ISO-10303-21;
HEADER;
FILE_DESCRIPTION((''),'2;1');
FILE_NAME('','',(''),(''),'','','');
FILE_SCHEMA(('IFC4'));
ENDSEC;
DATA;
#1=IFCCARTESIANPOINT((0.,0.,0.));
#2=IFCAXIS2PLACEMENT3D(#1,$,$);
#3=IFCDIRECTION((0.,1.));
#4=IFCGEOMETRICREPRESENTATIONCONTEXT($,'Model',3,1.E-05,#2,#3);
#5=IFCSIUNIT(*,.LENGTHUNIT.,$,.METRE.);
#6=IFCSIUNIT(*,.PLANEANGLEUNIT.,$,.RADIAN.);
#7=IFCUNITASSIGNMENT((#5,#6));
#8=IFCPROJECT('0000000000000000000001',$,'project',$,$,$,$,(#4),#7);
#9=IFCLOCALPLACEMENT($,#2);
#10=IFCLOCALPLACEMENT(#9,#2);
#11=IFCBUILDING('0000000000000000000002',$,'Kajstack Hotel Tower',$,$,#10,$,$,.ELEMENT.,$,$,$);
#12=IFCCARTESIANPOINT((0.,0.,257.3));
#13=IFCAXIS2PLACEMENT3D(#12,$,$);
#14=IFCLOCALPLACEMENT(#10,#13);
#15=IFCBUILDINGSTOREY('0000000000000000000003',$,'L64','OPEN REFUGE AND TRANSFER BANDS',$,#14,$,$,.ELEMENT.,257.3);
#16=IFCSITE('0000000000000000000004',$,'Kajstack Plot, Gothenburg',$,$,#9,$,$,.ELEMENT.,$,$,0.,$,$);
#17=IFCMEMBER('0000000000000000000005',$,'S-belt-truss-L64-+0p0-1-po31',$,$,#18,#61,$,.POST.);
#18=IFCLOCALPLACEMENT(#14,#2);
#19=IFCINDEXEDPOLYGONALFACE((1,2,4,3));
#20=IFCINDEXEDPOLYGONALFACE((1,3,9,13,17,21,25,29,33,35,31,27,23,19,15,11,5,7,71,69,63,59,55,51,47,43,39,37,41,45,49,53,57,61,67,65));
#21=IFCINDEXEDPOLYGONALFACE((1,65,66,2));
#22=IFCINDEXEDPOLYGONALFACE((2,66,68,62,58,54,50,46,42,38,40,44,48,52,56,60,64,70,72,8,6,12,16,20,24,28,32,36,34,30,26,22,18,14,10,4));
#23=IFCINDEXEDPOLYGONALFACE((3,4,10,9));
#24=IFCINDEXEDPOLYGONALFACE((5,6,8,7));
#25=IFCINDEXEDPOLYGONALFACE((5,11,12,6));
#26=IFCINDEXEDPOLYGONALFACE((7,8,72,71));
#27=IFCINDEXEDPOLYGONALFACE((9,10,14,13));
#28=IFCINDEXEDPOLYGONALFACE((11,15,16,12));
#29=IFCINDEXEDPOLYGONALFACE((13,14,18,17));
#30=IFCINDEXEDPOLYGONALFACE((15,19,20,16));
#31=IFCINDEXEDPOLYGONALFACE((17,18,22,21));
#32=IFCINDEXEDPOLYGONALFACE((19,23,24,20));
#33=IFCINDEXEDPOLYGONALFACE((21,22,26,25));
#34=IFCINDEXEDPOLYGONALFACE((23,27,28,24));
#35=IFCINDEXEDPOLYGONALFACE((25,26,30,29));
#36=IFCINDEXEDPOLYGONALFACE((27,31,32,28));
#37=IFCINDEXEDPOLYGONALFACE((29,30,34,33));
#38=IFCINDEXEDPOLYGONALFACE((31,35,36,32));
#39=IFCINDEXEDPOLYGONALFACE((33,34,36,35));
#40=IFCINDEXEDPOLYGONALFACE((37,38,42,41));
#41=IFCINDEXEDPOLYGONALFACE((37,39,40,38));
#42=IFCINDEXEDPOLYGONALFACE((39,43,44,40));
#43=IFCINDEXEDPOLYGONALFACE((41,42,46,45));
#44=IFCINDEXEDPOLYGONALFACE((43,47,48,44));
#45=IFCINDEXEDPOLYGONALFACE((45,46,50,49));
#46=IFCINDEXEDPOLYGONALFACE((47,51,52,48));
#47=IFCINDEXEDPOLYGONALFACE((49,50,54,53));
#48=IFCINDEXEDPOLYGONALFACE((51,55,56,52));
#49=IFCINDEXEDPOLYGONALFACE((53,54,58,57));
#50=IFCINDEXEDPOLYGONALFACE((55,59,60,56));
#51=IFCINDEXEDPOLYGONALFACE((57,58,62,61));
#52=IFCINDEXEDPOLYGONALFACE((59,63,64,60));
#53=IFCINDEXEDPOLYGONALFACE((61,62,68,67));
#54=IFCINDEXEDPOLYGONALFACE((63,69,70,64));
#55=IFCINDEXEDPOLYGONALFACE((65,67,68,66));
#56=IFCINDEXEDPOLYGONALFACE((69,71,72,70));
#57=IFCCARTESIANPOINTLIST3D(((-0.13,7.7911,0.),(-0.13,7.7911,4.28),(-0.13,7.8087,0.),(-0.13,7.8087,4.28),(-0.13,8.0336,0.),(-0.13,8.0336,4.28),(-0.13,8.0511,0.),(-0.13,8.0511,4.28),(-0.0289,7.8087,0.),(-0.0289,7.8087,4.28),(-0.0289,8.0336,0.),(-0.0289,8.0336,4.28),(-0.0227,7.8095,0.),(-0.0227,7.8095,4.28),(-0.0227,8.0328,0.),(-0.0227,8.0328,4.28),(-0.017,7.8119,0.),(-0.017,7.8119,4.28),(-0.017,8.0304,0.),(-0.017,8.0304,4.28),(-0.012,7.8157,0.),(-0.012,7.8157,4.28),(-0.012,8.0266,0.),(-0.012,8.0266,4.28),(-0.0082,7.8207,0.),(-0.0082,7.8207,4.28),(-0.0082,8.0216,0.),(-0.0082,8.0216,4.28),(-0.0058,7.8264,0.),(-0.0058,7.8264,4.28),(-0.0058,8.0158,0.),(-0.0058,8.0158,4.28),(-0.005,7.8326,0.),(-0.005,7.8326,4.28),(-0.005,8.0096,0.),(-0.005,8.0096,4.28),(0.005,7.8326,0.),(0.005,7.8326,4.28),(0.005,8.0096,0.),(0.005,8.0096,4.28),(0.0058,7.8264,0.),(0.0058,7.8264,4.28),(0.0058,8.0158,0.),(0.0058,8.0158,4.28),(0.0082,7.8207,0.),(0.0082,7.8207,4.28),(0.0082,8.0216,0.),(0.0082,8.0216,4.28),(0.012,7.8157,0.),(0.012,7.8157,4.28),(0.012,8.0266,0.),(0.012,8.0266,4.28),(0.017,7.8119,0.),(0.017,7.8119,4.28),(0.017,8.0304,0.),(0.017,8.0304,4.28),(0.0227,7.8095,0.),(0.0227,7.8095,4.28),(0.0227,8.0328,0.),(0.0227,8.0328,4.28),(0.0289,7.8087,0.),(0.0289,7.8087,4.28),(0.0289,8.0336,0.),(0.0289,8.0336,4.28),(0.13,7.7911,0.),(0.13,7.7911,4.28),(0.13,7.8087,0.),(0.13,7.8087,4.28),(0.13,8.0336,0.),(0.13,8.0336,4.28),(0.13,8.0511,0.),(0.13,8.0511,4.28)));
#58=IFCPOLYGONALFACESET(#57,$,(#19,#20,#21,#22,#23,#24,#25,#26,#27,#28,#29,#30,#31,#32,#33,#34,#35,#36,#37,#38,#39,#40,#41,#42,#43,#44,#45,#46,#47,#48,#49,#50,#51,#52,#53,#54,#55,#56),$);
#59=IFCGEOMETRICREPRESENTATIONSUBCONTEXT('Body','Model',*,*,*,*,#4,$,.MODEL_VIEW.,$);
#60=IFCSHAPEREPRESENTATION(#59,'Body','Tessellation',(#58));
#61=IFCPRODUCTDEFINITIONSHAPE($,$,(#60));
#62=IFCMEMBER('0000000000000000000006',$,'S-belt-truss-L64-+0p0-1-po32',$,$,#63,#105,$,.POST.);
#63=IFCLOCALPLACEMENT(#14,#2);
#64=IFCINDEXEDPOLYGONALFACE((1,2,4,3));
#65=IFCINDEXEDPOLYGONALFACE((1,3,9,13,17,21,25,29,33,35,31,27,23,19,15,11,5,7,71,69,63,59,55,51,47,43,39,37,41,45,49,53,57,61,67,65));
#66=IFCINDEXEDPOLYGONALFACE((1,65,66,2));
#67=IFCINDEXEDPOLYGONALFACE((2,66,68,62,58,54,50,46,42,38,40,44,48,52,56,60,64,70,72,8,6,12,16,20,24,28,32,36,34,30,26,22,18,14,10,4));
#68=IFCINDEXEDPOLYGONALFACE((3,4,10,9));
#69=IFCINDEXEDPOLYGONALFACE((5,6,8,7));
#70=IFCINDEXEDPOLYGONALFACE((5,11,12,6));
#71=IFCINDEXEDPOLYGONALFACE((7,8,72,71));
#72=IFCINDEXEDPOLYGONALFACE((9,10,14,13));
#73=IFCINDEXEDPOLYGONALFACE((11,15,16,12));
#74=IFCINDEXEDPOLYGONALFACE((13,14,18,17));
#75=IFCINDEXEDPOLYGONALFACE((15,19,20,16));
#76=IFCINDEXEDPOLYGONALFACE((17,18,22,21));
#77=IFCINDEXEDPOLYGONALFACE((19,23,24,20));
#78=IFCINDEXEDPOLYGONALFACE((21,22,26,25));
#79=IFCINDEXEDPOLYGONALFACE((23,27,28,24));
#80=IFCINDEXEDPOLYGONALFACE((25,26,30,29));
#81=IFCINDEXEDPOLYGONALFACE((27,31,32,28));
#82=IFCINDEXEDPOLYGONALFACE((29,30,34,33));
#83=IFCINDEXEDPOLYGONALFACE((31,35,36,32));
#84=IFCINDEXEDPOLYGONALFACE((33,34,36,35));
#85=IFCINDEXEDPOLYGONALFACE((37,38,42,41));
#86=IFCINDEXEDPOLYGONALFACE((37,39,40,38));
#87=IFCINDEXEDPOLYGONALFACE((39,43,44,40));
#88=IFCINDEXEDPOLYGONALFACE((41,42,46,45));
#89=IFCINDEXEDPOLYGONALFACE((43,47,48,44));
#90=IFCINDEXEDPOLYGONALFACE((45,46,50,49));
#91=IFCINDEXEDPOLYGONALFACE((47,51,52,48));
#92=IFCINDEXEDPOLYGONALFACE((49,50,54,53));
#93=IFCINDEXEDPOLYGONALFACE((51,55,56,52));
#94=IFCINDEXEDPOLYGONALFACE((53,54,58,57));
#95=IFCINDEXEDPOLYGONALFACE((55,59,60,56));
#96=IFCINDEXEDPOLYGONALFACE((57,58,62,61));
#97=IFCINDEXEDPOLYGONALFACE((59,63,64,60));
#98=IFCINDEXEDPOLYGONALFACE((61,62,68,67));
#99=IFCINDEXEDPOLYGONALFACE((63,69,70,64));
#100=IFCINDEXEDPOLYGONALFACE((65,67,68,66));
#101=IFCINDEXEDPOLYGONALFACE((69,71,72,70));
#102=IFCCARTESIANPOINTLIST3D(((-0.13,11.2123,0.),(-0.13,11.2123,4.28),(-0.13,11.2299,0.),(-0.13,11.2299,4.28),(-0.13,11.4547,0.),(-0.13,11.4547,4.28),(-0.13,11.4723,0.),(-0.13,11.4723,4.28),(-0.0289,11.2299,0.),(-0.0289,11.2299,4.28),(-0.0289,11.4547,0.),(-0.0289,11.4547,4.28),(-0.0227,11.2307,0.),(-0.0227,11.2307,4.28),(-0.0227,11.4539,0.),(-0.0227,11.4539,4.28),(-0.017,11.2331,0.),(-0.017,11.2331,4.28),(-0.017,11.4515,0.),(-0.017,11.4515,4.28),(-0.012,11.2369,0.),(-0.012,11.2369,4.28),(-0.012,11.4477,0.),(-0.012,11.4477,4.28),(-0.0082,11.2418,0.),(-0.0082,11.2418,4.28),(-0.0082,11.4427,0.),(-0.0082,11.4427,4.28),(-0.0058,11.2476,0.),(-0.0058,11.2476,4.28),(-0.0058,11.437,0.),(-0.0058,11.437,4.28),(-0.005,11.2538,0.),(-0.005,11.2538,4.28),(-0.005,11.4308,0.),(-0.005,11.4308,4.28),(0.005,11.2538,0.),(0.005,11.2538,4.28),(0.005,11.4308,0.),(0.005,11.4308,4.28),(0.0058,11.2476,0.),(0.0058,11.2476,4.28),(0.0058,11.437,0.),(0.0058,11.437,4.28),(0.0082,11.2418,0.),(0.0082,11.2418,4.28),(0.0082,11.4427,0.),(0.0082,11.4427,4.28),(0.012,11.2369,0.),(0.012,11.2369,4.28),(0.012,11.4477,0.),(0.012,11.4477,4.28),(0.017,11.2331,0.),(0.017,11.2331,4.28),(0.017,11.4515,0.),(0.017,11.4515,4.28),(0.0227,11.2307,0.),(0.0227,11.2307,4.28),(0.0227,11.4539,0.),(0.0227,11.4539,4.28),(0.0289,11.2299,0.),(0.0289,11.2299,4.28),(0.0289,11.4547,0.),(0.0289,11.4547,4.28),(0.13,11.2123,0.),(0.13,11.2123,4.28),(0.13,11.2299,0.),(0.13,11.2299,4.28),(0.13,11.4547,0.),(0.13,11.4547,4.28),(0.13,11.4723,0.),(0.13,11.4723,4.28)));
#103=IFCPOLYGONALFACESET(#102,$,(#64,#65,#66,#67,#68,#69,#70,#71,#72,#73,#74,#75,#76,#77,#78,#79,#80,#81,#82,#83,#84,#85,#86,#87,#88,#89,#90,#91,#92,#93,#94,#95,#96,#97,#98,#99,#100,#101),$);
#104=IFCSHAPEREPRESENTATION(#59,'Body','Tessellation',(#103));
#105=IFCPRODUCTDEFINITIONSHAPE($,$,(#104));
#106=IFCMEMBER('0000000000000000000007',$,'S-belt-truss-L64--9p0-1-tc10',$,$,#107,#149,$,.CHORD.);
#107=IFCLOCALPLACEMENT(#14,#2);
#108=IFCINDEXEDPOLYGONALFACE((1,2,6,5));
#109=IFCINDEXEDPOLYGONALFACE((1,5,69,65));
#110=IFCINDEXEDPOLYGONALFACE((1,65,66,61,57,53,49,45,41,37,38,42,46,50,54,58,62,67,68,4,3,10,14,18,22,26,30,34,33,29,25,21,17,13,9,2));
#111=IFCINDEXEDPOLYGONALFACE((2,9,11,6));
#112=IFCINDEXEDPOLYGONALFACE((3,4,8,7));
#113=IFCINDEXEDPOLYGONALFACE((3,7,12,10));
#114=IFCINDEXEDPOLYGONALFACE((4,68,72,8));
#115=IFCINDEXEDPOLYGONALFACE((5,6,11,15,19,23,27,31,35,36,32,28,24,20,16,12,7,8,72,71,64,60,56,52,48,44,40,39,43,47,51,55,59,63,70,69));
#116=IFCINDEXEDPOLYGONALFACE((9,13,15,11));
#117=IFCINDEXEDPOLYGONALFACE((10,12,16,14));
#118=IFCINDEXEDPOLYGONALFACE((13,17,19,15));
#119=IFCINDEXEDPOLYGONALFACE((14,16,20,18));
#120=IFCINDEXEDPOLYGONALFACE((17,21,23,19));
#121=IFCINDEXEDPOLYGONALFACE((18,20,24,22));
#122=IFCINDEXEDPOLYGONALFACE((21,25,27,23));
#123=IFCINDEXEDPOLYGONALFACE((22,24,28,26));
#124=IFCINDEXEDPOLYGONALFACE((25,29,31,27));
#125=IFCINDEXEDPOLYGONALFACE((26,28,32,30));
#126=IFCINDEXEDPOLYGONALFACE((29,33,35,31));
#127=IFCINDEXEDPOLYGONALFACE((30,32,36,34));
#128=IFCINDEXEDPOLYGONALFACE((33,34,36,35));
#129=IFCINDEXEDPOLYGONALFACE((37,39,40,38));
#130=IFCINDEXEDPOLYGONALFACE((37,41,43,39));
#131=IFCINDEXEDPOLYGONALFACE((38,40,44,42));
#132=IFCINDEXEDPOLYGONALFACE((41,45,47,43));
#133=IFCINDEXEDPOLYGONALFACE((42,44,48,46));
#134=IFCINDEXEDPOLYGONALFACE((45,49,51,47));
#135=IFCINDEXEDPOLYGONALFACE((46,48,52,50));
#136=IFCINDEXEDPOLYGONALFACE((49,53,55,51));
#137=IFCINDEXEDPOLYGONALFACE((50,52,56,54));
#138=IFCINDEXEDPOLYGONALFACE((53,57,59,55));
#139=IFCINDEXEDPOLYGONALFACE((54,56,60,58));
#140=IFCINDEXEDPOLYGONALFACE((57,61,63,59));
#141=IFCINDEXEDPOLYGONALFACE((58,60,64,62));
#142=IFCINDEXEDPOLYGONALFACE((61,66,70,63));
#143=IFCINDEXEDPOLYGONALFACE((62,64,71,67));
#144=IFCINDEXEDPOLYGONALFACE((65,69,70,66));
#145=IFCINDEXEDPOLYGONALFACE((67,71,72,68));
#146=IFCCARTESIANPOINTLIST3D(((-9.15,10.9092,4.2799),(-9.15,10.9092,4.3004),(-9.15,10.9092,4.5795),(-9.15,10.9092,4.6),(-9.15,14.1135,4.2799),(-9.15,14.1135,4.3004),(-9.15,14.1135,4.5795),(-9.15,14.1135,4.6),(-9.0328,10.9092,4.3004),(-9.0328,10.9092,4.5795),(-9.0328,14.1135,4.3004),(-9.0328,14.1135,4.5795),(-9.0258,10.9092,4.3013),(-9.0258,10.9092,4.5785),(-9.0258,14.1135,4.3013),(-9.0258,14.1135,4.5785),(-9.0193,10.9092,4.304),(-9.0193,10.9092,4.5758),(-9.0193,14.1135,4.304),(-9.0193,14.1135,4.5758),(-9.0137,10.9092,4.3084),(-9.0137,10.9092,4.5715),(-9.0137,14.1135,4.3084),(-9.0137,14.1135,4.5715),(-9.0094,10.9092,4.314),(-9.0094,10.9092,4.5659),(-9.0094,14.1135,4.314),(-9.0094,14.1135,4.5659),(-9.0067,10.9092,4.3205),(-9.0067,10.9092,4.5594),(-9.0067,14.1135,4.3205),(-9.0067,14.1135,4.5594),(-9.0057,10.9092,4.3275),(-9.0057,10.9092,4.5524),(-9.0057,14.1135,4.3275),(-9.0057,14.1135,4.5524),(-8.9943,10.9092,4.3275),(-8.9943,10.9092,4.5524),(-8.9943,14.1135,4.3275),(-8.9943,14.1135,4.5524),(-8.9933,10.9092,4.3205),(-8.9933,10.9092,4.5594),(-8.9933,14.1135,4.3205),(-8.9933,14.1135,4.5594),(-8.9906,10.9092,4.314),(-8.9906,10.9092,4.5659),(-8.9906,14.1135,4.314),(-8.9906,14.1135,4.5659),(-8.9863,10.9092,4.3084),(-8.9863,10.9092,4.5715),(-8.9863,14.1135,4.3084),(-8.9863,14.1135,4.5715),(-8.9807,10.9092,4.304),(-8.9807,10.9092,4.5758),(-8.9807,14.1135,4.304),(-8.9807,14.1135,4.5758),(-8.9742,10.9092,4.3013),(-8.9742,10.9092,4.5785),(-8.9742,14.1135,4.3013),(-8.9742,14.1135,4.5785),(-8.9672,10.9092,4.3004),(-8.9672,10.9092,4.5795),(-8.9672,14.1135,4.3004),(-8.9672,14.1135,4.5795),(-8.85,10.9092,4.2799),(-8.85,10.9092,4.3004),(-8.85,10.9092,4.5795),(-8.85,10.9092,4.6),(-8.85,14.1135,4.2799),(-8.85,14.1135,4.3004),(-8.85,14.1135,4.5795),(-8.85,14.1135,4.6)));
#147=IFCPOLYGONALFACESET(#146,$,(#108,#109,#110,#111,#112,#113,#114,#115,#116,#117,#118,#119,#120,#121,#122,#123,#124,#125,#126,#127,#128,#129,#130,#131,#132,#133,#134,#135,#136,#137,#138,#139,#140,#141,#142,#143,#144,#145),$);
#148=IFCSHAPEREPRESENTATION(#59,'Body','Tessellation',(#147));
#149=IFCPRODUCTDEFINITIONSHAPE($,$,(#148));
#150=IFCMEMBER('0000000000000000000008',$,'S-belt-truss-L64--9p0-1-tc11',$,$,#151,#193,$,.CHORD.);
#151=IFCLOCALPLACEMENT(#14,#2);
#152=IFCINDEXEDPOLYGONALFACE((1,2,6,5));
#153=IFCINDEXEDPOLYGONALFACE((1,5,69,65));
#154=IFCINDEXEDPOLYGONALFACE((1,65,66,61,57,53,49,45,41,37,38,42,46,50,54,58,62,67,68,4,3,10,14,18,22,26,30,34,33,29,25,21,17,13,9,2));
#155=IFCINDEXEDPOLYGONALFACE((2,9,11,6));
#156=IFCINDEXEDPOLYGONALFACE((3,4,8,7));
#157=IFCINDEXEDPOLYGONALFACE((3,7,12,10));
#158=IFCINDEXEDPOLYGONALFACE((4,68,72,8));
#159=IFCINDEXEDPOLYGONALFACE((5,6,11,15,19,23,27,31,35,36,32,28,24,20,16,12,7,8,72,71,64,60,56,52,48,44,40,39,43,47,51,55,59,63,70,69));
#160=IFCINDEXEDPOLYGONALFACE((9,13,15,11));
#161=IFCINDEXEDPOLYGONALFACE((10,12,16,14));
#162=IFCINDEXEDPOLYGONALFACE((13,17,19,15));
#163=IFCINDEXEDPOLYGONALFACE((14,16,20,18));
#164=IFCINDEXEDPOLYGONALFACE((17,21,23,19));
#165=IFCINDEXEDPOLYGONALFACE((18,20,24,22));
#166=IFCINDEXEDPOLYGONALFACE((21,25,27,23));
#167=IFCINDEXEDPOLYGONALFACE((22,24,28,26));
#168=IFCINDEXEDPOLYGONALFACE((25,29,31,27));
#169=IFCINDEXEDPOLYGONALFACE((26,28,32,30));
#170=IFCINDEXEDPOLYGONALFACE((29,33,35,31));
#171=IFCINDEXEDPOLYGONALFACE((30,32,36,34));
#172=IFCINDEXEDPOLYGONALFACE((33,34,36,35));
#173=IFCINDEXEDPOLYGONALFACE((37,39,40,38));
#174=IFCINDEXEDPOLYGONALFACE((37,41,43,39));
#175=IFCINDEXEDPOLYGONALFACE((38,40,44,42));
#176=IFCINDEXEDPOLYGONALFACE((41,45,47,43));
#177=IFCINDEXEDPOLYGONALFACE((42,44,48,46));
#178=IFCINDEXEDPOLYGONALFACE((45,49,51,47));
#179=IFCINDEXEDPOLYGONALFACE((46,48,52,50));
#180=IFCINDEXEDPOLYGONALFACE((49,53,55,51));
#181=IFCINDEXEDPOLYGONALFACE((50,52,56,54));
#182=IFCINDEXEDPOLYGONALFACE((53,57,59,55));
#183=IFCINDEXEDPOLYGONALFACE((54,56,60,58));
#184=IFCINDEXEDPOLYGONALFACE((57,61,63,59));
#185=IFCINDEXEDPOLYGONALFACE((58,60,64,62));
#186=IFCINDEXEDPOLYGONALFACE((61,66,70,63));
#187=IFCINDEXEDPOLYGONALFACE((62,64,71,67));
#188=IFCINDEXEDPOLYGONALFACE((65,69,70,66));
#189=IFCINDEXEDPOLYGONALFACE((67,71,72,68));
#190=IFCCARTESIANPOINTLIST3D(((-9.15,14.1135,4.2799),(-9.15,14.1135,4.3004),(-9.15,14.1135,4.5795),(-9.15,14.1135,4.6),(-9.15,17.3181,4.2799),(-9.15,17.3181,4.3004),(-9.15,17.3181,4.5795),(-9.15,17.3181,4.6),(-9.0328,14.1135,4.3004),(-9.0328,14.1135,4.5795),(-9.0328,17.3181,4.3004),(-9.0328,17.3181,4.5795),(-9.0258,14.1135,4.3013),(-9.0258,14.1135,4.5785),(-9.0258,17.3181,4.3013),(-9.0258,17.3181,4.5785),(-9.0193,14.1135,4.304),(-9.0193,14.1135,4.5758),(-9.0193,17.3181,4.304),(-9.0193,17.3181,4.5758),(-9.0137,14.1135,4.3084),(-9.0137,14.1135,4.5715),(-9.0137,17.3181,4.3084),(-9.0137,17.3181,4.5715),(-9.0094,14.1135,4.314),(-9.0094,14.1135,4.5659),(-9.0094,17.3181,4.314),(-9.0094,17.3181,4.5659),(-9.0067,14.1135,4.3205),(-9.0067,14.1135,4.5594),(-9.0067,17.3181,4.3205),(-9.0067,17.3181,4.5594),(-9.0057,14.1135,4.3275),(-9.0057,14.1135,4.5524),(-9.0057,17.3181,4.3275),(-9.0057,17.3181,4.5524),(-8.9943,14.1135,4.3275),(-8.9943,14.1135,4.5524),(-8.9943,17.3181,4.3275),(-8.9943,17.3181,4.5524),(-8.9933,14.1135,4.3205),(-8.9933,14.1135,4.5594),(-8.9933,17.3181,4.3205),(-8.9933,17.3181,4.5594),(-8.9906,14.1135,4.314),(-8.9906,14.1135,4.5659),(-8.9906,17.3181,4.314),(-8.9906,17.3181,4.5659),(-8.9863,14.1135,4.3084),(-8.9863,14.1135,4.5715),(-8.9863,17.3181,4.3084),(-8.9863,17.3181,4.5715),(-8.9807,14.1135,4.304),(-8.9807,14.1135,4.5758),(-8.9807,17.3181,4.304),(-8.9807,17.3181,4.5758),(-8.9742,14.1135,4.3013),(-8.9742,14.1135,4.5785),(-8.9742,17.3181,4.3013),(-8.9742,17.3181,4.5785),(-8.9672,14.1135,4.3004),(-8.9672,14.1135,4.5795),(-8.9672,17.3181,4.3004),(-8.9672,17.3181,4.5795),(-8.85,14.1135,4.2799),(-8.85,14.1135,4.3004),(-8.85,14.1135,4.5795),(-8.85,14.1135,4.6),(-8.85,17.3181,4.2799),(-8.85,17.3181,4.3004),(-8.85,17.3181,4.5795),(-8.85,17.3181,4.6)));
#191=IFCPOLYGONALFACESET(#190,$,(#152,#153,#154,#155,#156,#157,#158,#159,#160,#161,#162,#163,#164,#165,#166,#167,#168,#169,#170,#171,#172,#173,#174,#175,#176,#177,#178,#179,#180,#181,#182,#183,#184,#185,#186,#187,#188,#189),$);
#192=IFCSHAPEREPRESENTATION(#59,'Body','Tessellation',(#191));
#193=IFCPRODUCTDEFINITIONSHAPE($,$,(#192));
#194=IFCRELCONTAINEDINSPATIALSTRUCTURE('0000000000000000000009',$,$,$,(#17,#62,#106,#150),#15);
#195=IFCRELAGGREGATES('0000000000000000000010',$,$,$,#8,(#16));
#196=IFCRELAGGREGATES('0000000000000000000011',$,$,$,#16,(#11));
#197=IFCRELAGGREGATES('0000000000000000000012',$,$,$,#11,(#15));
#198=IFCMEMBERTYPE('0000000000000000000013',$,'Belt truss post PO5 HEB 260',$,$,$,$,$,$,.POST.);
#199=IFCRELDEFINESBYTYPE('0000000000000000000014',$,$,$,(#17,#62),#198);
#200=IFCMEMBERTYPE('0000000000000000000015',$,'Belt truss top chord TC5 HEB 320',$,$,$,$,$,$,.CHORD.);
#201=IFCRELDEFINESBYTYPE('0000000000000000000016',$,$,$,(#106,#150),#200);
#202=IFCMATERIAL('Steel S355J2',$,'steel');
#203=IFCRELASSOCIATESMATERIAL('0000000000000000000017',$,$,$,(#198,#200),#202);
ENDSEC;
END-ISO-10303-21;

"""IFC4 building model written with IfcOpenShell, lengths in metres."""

from ifc_helpers import new_model, si_unit, direction, frame, origin, origin_2d, place, context, subcontext, project, spatial, i_section, extrude, material, material_profile, profile_set, type_object, element, save


model = new_model("IFC4")

# Units and contexts
model_context = context("Model", 3, precision=1e-05, world=origin(), true_north=direction((0.0, 1.0)))
body_context = subcontext(model_context, "Body", "Model", "MODEL_VIEW")
ifc_project = project(units=[si_unit("LENGTHUNIT", "METRE"), si_unit("PLANEANGLEUNIT", "RADIAN")], contexts=[model_context])

# Site, building, storey
site_placement = place(None, origin())
site = spatial("IfcSite", under=ifc_project, at=site_placement, Name="Kajstack Plot, Gothenburg", CompositionType="ELEMENT", RefElevation=0.0)
building_placement = place(site_placement, origin())
building = spatial("IfcBuilding", under=site, at=building_placement, Name="Kajstack Hotel Tower", CompositionType="ELEMENT")
storey_placement = place(building_placement, frame((0.0, 0.0, 257.3)))
storey = spatial("IfcBuildingStorey", under=building, at=storey_placement, Name="L64", Description="OPEN REFUGE AND TRANSFER BANDS", CompositionType="ELEMENT", Elevation=257.3)

# Members
ifc_material_1 = material(Name="Steel S355J2", Category="steel")
ifc_material_profile_1 = material_profile(ifc_material_1, i_section(OverallWidth=0.26, OverallDepth=0.26, WebThickness=0.01, FlangeThickness=0.0176, FilletRadius=0.0239, at=origin_2d()), Name="HEB 260")
ifc_profile_set_1 = profile_set([ifc_material_profile_1], Name="Steel S355J2")
member_type_1 = type_object("IfcMemberType", Name="Belt truss post PO5 HEB 260", PredefinedType="POST", material=ifc_profile_set_1)
for number, where, z_axis, x_axis, name in (
    (1, (0.0, 7.9211, 0.0), (0.0, 0.0, 1.0), (1.0, 0.0, 0.0), "S-belt-truss-L64-+0p0-1-po31"),
    (2, (0.0, 11.3423, 0.0), (0.0, 0.0, 1.0), (1.0, 0.0, 0.0), "S-belt-truss-L64-+0p0-1-po32"),
):
    element("IfcMember", number, at=place(storey_placement, frame(where, z_axis=z_axis, x_axis=x_axis)), inside=storey, type_object=member_type_1, Name=name, PredefinedType="POST", context=body_context, shape_type="SweptSolid", body=[
        extrude(i_section(OverallWidth=0.26, OverallDepth=0.26, WebThickness=0.01, FlangeThickness=0.0176, FilletRadius=0.0239, at=origin_2d()), origin(), (0.0, 0.0, 1.0), 4.28),
    ])
ifc_material_profile_2 = material_profile(ifc_material_1, i_section(OverallWidth=0.3, OverallDepth=0.3201, WebThickness=0.0115, FlangeThickness=0.0205, FilletRadius=0.0271, at=origin_2d()), Name="HEB 320")
ifc_profile_set_2 = profile_set([ifc_material_profile_2], Name="Steel S355J2")
member_type_2 = type_object("IfcMemberType", Name="Belt truss top chord TC5 HEB 320", PredefinedType="CHORD", material=ifc_profile_set_2)
member_1_placement = place(storey_placement, frame((-9.0, 10.9092, 4.4399), z_axis=(0.0, 1.0, 0.0), x_axis=(-1.0, 0.0, 0.0)))
element("IfcMember", 3, at=member_1_placement, inside=storey, type_object=member_type_2, Name="S-belt-truss-L64--9p0-1-tc10", PredefinedType="CHORD", context=body_context, shape_type="SweptSolid", body=[
    extrude(i_section(OverallWidth=0.3, OverallDepth=0.3201, WebThickness=0.0115, FlangeThickness=0.0205, FilletRadius=0.0271, at=origin_2d()), origin(), (0.0, 0.0, 1.0), 3.2043),
])
member_2_placement = place(storey_placement, frame((-9.0, 14.1135, 4.4399), z_axis=(0.0, 1.0, 0.0), x_axis=(-1.0, 0.0, 0.0)))
element("IfcMember", 4, at=member_2_placement, inside=storey, type_object=member_type_2, Name="S-belt-truss-L64--9p0-1-tc11", PredefinedType="CHORD", context=body_context, shape_type="SweptSolid", body=[
    extrude(i_section(OverallWidth=0.3, OverallDepth=0.3201, WebThickness=0.0115, FlangeThickness=0.0205, FilletRadius=0.0271, at=origin_2d()), origin(), (0.0, 0.0, 1.0), 3.2046),
])

save(model, "model.ifc")
